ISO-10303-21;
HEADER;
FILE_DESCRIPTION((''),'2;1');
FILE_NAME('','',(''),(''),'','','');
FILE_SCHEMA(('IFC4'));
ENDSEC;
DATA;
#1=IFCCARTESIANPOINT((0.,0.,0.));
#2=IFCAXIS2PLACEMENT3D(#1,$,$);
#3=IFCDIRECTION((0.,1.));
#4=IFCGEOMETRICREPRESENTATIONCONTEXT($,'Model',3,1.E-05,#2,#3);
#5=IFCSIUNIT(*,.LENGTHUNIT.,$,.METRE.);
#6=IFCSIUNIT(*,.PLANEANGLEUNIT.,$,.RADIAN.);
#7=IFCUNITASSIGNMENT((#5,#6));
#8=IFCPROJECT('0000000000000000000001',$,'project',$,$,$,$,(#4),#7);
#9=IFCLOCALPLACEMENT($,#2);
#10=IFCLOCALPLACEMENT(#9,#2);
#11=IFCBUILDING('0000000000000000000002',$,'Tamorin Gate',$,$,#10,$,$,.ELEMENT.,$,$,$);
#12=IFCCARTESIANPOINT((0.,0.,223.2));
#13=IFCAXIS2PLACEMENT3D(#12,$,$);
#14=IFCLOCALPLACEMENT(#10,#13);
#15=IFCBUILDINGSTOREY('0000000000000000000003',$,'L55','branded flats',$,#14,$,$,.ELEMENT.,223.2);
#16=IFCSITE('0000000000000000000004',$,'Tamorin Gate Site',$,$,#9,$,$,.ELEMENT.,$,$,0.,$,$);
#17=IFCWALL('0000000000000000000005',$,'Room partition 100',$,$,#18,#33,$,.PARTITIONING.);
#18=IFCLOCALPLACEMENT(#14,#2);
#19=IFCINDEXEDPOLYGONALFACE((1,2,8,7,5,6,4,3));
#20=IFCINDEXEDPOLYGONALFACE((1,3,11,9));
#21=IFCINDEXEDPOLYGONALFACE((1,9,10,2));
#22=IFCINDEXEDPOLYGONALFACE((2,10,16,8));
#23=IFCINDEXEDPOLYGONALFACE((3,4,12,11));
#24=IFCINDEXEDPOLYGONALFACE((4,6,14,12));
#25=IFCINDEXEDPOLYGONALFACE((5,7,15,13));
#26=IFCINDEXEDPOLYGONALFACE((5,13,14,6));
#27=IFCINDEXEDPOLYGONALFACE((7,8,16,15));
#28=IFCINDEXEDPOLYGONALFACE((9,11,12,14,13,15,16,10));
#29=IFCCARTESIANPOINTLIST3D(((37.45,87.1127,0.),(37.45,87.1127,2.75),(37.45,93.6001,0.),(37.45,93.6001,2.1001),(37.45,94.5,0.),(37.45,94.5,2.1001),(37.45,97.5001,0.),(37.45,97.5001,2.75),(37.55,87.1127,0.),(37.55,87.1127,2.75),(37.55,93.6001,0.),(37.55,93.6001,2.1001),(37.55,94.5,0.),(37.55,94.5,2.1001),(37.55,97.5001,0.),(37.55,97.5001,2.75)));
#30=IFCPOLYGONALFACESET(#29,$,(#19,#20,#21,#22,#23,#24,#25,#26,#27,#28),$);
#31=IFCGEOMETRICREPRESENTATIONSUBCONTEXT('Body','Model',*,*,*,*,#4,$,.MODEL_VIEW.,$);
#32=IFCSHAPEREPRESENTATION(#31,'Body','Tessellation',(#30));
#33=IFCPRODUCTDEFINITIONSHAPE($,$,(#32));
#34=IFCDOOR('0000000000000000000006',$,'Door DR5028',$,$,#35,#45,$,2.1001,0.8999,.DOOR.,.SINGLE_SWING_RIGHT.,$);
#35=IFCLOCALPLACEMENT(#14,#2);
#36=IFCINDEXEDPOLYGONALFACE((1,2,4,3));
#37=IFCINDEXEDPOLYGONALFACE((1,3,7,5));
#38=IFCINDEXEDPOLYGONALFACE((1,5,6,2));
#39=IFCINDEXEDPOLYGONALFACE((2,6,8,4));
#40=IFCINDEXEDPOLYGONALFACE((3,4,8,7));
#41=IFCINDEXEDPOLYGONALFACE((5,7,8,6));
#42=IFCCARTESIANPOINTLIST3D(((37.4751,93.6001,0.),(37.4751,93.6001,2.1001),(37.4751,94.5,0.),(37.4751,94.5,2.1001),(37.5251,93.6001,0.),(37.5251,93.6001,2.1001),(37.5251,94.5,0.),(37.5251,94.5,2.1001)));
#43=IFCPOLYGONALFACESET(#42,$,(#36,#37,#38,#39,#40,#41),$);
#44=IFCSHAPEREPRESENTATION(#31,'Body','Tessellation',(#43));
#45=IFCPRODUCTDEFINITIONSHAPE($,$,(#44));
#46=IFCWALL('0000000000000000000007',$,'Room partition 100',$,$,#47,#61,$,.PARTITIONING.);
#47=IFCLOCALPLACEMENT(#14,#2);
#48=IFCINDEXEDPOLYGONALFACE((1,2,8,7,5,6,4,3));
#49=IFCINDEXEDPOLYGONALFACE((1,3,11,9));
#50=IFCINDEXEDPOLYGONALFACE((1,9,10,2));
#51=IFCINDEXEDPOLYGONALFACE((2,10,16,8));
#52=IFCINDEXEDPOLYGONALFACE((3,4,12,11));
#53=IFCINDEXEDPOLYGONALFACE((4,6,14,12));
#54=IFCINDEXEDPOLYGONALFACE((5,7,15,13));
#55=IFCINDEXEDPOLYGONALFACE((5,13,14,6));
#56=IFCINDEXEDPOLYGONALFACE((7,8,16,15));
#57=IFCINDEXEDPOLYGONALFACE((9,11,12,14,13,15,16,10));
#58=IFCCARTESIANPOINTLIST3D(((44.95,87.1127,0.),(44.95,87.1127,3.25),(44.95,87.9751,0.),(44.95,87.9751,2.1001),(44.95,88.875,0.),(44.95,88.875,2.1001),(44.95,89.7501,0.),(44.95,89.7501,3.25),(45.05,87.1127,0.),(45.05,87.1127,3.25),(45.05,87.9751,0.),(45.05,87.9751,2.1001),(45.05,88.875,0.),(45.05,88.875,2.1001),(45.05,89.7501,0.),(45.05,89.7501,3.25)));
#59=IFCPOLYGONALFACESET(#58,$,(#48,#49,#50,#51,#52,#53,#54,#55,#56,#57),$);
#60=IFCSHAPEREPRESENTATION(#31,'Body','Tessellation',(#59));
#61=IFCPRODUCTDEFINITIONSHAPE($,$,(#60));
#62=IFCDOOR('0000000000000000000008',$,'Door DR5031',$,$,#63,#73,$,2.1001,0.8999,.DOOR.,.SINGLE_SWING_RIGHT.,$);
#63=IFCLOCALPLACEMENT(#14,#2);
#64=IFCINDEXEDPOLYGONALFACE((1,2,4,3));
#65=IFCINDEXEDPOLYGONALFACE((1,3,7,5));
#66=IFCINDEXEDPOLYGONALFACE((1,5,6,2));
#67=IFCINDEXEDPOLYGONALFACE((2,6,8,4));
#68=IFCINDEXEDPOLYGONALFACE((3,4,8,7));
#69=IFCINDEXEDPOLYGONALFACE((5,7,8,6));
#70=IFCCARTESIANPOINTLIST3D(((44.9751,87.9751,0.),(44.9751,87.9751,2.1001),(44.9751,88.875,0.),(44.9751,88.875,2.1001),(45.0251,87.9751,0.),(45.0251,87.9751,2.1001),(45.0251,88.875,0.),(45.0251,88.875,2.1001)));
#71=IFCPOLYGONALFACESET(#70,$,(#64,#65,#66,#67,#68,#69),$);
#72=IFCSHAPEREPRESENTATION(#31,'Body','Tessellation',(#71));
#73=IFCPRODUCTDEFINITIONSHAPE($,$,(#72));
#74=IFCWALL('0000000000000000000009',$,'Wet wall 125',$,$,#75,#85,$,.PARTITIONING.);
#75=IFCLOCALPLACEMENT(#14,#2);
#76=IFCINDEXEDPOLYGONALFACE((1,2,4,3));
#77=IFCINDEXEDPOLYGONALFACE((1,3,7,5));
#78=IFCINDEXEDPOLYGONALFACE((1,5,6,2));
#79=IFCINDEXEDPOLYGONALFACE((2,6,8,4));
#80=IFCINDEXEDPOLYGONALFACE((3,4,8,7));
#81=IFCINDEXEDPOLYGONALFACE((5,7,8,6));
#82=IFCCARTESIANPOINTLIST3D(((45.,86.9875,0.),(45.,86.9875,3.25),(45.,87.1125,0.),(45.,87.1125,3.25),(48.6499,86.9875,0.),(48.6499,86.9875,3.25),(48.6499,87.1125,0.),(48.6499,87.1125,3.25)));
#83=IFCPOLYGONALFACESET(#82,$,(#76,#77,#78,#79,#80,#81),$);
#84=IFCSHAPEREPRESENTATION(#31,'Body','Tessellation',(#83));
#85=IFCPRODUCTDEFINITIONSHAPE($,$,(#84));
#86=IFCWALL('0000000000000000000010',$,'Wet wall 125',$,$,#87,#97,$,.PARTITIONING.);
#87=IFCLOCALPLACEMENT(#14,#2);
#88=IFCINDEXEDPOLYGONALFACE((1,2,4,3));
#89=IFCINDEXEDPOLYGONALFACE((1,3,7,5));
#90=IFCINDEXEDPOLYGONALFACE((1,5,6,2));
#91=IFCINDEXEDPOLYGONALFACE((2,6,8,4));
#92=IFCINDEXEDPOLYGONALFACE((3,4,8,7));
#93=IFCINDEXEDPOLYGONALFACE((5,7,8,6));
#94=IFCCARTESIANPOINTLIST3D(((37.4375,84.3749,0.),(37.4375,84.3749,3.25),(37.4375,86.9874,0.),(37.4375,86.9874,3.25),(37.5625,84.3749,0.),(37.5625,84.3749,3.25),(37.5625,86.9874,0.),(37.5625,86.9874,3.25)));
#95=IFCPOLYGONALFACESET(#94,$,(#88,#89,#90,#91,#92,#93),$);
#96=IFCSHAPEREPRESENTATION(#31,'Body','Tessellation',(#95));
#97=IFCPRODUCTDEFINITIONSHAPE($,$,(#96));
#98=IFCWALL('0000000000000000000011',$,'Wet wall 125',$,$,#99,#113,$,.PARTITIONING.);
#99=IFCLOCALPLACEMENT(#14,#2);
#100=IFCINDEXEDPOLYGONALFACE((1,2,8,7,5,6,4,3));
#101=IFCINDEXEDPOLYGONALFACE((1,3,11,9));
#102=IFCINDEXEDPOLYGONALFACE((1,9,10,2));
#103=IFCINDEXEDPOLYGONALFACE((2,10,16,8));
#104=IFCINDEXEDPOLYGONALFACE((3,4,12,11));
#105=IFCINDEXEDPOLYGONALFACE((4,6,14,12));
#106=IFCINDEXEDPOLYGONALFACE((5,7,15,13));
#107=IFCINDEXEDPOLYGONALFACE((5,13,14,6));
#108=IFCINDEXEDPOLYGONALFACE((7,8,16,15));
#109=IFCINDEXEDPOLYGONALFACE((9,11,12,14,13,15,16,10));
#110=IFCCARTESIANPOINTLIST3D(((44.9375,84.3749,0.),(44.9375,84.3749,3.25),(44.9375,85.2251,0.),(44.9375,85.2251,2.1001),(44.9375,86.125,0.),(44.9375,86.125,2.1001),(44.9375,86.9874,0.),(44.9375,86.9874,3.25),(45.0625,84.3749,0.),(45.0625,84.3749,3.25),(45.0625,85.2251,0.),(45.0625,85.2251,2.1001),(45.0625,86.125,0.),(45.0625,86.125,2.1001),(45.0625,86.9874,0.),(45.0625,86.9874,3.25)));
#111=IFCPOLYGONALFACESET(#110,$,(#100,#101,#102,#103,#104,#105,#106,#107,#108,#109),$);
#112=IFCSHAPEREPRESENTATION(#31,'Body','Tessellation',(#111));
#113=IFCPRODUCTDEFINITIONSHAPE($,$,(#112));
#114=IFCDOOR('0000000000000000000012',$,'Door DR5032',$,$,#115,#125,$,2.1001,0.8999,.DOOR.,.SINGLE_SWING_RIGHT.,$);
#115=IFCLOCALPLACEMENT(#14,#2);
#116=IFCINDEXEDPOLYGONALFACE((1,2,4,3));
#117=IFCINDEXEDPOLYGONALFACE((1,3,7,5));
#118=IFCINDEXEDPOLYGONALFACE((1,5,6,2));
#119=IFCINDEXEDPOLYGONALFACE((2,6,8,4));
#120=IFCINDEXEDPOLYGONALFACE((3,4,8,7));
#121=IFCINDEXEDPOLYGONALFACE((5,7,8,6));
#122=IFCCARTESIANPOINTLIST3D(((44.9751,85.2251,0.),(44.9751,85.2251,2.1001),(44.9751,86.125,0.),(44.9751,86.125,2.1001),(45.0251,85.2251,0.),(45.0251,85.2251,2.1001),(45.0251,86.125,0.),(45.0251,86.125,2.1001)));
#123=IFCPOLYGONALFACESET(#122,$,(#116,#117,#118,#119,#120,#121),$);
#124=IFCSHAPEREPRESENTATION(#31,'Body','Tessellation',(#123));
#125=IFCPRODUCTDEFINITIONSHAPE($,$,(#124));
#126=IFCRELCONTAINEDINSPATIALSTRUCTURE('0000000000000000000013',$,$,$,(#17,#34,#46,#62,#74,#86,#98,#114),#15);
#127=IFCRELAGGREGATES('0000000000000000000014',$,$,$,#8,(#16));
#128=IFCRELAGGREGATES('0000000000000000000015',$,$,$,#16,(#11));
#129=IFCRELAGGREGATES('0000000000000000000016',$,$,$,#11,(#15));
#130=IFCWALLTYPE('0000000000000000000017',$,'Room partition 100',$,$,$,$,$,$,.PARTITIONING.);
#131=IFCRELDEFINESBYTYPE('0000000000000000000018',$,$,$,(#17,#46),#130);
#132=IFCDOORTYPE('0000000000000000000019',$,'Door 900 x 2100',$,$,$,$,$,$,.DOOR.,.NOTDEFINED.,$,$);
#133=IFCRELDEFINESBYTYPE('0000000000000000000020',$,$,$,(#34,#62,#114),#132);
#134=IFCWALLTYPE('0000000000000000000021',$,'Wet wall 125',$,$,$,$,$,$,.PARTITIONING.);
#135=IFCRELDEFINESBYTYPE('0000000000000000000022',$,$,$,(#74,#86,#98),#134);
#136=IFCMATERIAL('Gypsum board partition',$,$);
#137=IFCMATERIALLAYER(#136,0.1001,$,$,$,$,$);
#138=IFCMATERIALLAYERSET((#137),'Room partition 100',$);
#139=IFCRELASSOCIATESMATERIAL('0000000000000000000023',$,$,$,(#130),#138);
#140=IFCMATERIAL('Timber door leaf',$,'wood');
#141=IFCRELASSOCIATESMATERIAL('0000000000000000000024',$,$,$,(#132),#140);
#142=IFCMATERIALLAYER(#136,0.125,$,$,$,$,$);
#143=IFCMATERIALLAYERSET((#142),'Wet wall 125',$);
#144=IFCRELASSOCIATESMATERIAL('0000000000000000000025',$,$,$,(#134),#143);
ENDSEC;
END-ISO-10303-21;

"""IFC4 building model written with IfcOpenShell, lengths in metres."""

from ifc_helpers import new_model, si_unit, direction, frame, frame_2d, origin, place, context, subcontext, project, spatial, rectangle, extrude, material, layer, layer_set, type_object, element, fill, save


model = new_model("IFC4")

# Units and contexts
model_context = context("Model", 3, precision=1e-05, world=origin(), true_north=direction((0.0, 1.0)))
body_context = subcontext(model_context, "Body", "Model", "MODEL_VIEW")
ifc_project = project(units=[si_unit("LENGTHUNIT", "METRE"), si_unit("PLANEANGLEUNIT", "RADIAN")], contexts=[model_context])

# Site, building, storey
site_placement = place(None, origin())
site = spatial("IfcSite", under=ifc_project, at=site_placement, Name="Tamorin Gate Site", CompositionType="ELEMENT", RefElevation=0.0)
building_placement = place(site_placement, origin())
building = spatial("IfcBuilding", under=site, at=building_placement, Name="Tamorin Gate", CompositionType="ELEMENT")
storey_placement = place(building_placement, frame((0.0, 0.0, 223.2)))
storey = spatial("IfcBuildingStorey", under=building, at=storey_placement, Name="L55", Description="branded flats", CompositionType="ELEMENT", Elevation=223.2)

# Shared definitions
ifc_material_1 = material(Name="Gypsum board partition")

# Walls, openings, doors
ifc_layer_1 = layer(ifc_material_1, 0.1001)
ifc_layer_set_1 = layer_set([ifc_layer_1], Name="Room partition 100")
wall_type_1 = type_object("IfcWallType", Name="Room partition 100", PredefinedType="PARTITIONING", material=ifc_layer_set_1)
wall_1_placement = place(storey_placement, frame((37.5, 87.1125, 0.0), z_axis=(0.0, 0.0, 1.0), x_axis=(0.0, 1.0, 0.0)))
wall_1 = element("IfcWall", 1, at=wall_1_placement, inside=storey, type_object=wall_type_1, Name="Room partition 100", PredefinedType="PARTITIONING", context=body_context, shape_type="SweptSolid", body=[
    extrude(rectangle(XDim=10.3875, YDim=0.1001, at=frame_2d((5.1938, 0.0))), origin(), (0.0, 0.0, 1.0), 2.75),
])
opening_1_placement = place(wall_1_placement, frame((6.4875, 0.0, 0.0)))
opening_1 = element("IfcOpeningElement", 2, at=opening_1_placement, cuts=wall_1, PredefinedType="OPENING", context=body_context, shape_type="SweptSolid", body=[
    extrude(rectangle(XDim=0.8999, YDim=2.1001, at=frame_2d((0.45, 1.05))), frame((0.0, 0.0601, 0.0), z_axis=(0.0, -1.0, 0.0), x_axis=(1.0, 0.0, 0.0)), (0.0, 0.0, 1.0), 0.1201),
])
ifc_material_2 = material(Name="Timber door leaf", Category="wood")
door_type = type_object("IfcDoorType", Name="Door 900 x 2100", OperationType="NOTDEFINED", PredefinedType="DOOR", material=ifc_material_2)
door_1_placement = place(opening_1_placement, origin())
door_1 = element("IfcDoor", 3, at=door_1_placement, inside=storey, type_object=door_type, Name="Door DR5028", OperationType="SINGLE_SWING_RIGHT", OverallHeight=2.1001, OverallWidth=0.8999, PredefinedType="DOOR", context=body_context, shape_type="SweptSolid", body=[
    extrude(rectangle(XDim=0.8999, YDim=2.1001, at=frame_2d((0.45, 1.05))), frame((0.0, 0.0249, 0.0), z_axis=(0.0, -1.0, 0.0), x_axis=(1.0, 0.0, 0.0)), (0.0, 0.0, 1.0), 0.05),
])
fill(opening_1, door_1)
wall_2_placement = place(storey_placement, frame((45.0, 87.1125, 0.0), z_axis=(0.0, 0.0, 1.0), x_axis=(0.0, 1.0, 0.0)))
wall_2 = element("IfcWall", 4, at=wall_2_placement, inside=storey, type_object=wall_type_1, Name="Room partition 100", PredefinedType="PARTITIONING", context=body_context, shape_type="SweptSolid", body=[
    extrude(rectangle(XDim=2.6375, YDim=0.1001, at=frame_2d((1.3188, 0.0))), origin(), (0.0, 0.0, 1.0), 3.25),
])
opening_2_placement = place(wall_2_placement, frame((0.8625, 0.0, 0.0)))
opening_2 = element("IfcOpeningElement", 5, at=opening_2_placement, cuts=wall_2, PredefinedType="OPENING", context=body_context, shape_type="SweptSolid", body=[
    extrude(rectangle(XDim=0.8999, YDim=2.1001, at=frame_2d((0.45, 1.05))), frame((0.0, 0.0601, 0.0), z_axis=(0.0, -1.0, 0.0), x_axis=(1.0, 0.0, 0.0)), (0.0, 0.0, 1.0), 0.1201),
])
door_2_placement = place(opening_2_placement, origin())
door_2 = element("IfcDoor", 6, at=door_2_placement, inside=storey, type_object=door_type, Name="Door DR5031", OperationType="SINGLE_SWING_RIGHT", OverallHeight=2.1001, OverallWidth=0.8999, PredefinedType="DOOR", context=body_context, shape_type="SweptSolid", body=[
    extrude(rectangle(XDim=0.8999, YDim=2.1001, at=frame_2d((0.45, 1.05))), frame((0.0, 0.0249, 0.0), z_axis=(0.0, -1.0, 0.0), x_axis=(1.0, 0.0, 0.0)), (0.0, 0.0, 1.0), 0.05),
])
fill(opening_2, door_2)

# Walls
ifc_layer_2 = layer(ifc_material_1, 0.125)
ifc_layer_set_2 = layer_set([ifc_layer_2], Name="Wet wall 125")
wall_type_2 = type_object("IfcWallType", Name="Wet wall 125", PredefinedType="PARTITIONING", material=ifc_layer_set_2)
wall_3_placement = place(storey_placement, frame((45.0, 87.05, 0.0), z_axis=(0.0, 0.0, 1.0), x_axis=(1.0, 0.0, 0.0)))
element("IfcWall", 7, at=wall_3_placement, inside=storey, type_object=wall_type_2, Name="Wet wall 125", PredefinedType="PARTITIONING", context=body_context, shape_type="SweptSolid", body=[
    extrude(rectangle(XDim=3.6499, YDim=0.125, at=frame_2d((1.825, 0.0))), origin(), (0.0, 0.0, 1.0), 3.25),
])
wall_4_placement = place(storey_placement, frame((37.5, 84.375, 0.0), z_axis=(0.0, 0.0, 1.0), x_axis=(0.0, 1.0, 0.0)))
element("IfcWall", 8, at=wall_4_placement, inside=storey, type_object=wall_type_2, Name="Wet wall 125", PredefinedType="PARTITIONING", context=body_context, shape_type="SweptSolid", body=[
    extrude(rectangle(XDim=2.6125, YDim=0.125, at=frame_2d((1.3062, 0.0))), origin(), (0.0, 0.0, 1.0), 3.25),
])

# Wall, opening, door
wall_5_placement = place(storey_placement, frame((45.0, 84.375, 0.0), z_axis=(0.0, 0.0, 1.0), x_axis=(0.0, 1.0, 0.0)))
wall_5 = element("IfcWall", 9, at=wall_5_placement, inside=storey, type_object=wall_type_2, Name="Wet wall 125", PredefinedType="PARTITIONING", context=body_context, shape_type="SweptSolid", body=[
    extrude(rectangle(XDim=2.6125, YDim=0.125, at=frame_2d((1.3062, 0.0))), origin(), (0.0, 0.0, 1.0), 3.25),
])
opening_3_placement = place(wall_5_placement, frame((0.8501, 0.0, 0.0)))
opening_3 = element("IfcOpeningElement", 10, at=opening_3_placement, cuts=wall_5, PredefinedType="OPENING", context=body_context, shape_type="SweptSolid", body=[
    extrude(rectangle(XDim=0.8999, YDim=2.1001, at=frame_2d((0.45, 1.05))), frame((0.0, 0.0725, 0.0), z_axis=(0.0, -1.0, 0.0), x_axis=(1.0, 0.0, 0.0)), (0.0, 0.0, 1.0), 0.145),
])
door_3_placement = place(opening_3_placement, origin())
door_3 = element("IfcDoor", 11, at=door_3_placement, inside=storey, type_object=door_type, Name="Door DR5032", OperationType="SINGLE_SWING_RIGHT", OverallHeight=2.1001, OverallWidth=0.8999, PredefinedType="DOOR", context=body_context, shape_type="SweptSolid", body=[
    extrude(rectangle(XDim=0.8999, YDim=2.1001, at=frame_2d((0.45, 1.05))), frame((0.0, 0.0249, 0.0), z_axis=(0.0, -1.0, 0.0), x_axis=(1.0, 0.0, 0.0)), (0.0, 0.0, 1.0), 0.05),
])
fill(opening_3, door_3)

save(model, "model.ifc")
